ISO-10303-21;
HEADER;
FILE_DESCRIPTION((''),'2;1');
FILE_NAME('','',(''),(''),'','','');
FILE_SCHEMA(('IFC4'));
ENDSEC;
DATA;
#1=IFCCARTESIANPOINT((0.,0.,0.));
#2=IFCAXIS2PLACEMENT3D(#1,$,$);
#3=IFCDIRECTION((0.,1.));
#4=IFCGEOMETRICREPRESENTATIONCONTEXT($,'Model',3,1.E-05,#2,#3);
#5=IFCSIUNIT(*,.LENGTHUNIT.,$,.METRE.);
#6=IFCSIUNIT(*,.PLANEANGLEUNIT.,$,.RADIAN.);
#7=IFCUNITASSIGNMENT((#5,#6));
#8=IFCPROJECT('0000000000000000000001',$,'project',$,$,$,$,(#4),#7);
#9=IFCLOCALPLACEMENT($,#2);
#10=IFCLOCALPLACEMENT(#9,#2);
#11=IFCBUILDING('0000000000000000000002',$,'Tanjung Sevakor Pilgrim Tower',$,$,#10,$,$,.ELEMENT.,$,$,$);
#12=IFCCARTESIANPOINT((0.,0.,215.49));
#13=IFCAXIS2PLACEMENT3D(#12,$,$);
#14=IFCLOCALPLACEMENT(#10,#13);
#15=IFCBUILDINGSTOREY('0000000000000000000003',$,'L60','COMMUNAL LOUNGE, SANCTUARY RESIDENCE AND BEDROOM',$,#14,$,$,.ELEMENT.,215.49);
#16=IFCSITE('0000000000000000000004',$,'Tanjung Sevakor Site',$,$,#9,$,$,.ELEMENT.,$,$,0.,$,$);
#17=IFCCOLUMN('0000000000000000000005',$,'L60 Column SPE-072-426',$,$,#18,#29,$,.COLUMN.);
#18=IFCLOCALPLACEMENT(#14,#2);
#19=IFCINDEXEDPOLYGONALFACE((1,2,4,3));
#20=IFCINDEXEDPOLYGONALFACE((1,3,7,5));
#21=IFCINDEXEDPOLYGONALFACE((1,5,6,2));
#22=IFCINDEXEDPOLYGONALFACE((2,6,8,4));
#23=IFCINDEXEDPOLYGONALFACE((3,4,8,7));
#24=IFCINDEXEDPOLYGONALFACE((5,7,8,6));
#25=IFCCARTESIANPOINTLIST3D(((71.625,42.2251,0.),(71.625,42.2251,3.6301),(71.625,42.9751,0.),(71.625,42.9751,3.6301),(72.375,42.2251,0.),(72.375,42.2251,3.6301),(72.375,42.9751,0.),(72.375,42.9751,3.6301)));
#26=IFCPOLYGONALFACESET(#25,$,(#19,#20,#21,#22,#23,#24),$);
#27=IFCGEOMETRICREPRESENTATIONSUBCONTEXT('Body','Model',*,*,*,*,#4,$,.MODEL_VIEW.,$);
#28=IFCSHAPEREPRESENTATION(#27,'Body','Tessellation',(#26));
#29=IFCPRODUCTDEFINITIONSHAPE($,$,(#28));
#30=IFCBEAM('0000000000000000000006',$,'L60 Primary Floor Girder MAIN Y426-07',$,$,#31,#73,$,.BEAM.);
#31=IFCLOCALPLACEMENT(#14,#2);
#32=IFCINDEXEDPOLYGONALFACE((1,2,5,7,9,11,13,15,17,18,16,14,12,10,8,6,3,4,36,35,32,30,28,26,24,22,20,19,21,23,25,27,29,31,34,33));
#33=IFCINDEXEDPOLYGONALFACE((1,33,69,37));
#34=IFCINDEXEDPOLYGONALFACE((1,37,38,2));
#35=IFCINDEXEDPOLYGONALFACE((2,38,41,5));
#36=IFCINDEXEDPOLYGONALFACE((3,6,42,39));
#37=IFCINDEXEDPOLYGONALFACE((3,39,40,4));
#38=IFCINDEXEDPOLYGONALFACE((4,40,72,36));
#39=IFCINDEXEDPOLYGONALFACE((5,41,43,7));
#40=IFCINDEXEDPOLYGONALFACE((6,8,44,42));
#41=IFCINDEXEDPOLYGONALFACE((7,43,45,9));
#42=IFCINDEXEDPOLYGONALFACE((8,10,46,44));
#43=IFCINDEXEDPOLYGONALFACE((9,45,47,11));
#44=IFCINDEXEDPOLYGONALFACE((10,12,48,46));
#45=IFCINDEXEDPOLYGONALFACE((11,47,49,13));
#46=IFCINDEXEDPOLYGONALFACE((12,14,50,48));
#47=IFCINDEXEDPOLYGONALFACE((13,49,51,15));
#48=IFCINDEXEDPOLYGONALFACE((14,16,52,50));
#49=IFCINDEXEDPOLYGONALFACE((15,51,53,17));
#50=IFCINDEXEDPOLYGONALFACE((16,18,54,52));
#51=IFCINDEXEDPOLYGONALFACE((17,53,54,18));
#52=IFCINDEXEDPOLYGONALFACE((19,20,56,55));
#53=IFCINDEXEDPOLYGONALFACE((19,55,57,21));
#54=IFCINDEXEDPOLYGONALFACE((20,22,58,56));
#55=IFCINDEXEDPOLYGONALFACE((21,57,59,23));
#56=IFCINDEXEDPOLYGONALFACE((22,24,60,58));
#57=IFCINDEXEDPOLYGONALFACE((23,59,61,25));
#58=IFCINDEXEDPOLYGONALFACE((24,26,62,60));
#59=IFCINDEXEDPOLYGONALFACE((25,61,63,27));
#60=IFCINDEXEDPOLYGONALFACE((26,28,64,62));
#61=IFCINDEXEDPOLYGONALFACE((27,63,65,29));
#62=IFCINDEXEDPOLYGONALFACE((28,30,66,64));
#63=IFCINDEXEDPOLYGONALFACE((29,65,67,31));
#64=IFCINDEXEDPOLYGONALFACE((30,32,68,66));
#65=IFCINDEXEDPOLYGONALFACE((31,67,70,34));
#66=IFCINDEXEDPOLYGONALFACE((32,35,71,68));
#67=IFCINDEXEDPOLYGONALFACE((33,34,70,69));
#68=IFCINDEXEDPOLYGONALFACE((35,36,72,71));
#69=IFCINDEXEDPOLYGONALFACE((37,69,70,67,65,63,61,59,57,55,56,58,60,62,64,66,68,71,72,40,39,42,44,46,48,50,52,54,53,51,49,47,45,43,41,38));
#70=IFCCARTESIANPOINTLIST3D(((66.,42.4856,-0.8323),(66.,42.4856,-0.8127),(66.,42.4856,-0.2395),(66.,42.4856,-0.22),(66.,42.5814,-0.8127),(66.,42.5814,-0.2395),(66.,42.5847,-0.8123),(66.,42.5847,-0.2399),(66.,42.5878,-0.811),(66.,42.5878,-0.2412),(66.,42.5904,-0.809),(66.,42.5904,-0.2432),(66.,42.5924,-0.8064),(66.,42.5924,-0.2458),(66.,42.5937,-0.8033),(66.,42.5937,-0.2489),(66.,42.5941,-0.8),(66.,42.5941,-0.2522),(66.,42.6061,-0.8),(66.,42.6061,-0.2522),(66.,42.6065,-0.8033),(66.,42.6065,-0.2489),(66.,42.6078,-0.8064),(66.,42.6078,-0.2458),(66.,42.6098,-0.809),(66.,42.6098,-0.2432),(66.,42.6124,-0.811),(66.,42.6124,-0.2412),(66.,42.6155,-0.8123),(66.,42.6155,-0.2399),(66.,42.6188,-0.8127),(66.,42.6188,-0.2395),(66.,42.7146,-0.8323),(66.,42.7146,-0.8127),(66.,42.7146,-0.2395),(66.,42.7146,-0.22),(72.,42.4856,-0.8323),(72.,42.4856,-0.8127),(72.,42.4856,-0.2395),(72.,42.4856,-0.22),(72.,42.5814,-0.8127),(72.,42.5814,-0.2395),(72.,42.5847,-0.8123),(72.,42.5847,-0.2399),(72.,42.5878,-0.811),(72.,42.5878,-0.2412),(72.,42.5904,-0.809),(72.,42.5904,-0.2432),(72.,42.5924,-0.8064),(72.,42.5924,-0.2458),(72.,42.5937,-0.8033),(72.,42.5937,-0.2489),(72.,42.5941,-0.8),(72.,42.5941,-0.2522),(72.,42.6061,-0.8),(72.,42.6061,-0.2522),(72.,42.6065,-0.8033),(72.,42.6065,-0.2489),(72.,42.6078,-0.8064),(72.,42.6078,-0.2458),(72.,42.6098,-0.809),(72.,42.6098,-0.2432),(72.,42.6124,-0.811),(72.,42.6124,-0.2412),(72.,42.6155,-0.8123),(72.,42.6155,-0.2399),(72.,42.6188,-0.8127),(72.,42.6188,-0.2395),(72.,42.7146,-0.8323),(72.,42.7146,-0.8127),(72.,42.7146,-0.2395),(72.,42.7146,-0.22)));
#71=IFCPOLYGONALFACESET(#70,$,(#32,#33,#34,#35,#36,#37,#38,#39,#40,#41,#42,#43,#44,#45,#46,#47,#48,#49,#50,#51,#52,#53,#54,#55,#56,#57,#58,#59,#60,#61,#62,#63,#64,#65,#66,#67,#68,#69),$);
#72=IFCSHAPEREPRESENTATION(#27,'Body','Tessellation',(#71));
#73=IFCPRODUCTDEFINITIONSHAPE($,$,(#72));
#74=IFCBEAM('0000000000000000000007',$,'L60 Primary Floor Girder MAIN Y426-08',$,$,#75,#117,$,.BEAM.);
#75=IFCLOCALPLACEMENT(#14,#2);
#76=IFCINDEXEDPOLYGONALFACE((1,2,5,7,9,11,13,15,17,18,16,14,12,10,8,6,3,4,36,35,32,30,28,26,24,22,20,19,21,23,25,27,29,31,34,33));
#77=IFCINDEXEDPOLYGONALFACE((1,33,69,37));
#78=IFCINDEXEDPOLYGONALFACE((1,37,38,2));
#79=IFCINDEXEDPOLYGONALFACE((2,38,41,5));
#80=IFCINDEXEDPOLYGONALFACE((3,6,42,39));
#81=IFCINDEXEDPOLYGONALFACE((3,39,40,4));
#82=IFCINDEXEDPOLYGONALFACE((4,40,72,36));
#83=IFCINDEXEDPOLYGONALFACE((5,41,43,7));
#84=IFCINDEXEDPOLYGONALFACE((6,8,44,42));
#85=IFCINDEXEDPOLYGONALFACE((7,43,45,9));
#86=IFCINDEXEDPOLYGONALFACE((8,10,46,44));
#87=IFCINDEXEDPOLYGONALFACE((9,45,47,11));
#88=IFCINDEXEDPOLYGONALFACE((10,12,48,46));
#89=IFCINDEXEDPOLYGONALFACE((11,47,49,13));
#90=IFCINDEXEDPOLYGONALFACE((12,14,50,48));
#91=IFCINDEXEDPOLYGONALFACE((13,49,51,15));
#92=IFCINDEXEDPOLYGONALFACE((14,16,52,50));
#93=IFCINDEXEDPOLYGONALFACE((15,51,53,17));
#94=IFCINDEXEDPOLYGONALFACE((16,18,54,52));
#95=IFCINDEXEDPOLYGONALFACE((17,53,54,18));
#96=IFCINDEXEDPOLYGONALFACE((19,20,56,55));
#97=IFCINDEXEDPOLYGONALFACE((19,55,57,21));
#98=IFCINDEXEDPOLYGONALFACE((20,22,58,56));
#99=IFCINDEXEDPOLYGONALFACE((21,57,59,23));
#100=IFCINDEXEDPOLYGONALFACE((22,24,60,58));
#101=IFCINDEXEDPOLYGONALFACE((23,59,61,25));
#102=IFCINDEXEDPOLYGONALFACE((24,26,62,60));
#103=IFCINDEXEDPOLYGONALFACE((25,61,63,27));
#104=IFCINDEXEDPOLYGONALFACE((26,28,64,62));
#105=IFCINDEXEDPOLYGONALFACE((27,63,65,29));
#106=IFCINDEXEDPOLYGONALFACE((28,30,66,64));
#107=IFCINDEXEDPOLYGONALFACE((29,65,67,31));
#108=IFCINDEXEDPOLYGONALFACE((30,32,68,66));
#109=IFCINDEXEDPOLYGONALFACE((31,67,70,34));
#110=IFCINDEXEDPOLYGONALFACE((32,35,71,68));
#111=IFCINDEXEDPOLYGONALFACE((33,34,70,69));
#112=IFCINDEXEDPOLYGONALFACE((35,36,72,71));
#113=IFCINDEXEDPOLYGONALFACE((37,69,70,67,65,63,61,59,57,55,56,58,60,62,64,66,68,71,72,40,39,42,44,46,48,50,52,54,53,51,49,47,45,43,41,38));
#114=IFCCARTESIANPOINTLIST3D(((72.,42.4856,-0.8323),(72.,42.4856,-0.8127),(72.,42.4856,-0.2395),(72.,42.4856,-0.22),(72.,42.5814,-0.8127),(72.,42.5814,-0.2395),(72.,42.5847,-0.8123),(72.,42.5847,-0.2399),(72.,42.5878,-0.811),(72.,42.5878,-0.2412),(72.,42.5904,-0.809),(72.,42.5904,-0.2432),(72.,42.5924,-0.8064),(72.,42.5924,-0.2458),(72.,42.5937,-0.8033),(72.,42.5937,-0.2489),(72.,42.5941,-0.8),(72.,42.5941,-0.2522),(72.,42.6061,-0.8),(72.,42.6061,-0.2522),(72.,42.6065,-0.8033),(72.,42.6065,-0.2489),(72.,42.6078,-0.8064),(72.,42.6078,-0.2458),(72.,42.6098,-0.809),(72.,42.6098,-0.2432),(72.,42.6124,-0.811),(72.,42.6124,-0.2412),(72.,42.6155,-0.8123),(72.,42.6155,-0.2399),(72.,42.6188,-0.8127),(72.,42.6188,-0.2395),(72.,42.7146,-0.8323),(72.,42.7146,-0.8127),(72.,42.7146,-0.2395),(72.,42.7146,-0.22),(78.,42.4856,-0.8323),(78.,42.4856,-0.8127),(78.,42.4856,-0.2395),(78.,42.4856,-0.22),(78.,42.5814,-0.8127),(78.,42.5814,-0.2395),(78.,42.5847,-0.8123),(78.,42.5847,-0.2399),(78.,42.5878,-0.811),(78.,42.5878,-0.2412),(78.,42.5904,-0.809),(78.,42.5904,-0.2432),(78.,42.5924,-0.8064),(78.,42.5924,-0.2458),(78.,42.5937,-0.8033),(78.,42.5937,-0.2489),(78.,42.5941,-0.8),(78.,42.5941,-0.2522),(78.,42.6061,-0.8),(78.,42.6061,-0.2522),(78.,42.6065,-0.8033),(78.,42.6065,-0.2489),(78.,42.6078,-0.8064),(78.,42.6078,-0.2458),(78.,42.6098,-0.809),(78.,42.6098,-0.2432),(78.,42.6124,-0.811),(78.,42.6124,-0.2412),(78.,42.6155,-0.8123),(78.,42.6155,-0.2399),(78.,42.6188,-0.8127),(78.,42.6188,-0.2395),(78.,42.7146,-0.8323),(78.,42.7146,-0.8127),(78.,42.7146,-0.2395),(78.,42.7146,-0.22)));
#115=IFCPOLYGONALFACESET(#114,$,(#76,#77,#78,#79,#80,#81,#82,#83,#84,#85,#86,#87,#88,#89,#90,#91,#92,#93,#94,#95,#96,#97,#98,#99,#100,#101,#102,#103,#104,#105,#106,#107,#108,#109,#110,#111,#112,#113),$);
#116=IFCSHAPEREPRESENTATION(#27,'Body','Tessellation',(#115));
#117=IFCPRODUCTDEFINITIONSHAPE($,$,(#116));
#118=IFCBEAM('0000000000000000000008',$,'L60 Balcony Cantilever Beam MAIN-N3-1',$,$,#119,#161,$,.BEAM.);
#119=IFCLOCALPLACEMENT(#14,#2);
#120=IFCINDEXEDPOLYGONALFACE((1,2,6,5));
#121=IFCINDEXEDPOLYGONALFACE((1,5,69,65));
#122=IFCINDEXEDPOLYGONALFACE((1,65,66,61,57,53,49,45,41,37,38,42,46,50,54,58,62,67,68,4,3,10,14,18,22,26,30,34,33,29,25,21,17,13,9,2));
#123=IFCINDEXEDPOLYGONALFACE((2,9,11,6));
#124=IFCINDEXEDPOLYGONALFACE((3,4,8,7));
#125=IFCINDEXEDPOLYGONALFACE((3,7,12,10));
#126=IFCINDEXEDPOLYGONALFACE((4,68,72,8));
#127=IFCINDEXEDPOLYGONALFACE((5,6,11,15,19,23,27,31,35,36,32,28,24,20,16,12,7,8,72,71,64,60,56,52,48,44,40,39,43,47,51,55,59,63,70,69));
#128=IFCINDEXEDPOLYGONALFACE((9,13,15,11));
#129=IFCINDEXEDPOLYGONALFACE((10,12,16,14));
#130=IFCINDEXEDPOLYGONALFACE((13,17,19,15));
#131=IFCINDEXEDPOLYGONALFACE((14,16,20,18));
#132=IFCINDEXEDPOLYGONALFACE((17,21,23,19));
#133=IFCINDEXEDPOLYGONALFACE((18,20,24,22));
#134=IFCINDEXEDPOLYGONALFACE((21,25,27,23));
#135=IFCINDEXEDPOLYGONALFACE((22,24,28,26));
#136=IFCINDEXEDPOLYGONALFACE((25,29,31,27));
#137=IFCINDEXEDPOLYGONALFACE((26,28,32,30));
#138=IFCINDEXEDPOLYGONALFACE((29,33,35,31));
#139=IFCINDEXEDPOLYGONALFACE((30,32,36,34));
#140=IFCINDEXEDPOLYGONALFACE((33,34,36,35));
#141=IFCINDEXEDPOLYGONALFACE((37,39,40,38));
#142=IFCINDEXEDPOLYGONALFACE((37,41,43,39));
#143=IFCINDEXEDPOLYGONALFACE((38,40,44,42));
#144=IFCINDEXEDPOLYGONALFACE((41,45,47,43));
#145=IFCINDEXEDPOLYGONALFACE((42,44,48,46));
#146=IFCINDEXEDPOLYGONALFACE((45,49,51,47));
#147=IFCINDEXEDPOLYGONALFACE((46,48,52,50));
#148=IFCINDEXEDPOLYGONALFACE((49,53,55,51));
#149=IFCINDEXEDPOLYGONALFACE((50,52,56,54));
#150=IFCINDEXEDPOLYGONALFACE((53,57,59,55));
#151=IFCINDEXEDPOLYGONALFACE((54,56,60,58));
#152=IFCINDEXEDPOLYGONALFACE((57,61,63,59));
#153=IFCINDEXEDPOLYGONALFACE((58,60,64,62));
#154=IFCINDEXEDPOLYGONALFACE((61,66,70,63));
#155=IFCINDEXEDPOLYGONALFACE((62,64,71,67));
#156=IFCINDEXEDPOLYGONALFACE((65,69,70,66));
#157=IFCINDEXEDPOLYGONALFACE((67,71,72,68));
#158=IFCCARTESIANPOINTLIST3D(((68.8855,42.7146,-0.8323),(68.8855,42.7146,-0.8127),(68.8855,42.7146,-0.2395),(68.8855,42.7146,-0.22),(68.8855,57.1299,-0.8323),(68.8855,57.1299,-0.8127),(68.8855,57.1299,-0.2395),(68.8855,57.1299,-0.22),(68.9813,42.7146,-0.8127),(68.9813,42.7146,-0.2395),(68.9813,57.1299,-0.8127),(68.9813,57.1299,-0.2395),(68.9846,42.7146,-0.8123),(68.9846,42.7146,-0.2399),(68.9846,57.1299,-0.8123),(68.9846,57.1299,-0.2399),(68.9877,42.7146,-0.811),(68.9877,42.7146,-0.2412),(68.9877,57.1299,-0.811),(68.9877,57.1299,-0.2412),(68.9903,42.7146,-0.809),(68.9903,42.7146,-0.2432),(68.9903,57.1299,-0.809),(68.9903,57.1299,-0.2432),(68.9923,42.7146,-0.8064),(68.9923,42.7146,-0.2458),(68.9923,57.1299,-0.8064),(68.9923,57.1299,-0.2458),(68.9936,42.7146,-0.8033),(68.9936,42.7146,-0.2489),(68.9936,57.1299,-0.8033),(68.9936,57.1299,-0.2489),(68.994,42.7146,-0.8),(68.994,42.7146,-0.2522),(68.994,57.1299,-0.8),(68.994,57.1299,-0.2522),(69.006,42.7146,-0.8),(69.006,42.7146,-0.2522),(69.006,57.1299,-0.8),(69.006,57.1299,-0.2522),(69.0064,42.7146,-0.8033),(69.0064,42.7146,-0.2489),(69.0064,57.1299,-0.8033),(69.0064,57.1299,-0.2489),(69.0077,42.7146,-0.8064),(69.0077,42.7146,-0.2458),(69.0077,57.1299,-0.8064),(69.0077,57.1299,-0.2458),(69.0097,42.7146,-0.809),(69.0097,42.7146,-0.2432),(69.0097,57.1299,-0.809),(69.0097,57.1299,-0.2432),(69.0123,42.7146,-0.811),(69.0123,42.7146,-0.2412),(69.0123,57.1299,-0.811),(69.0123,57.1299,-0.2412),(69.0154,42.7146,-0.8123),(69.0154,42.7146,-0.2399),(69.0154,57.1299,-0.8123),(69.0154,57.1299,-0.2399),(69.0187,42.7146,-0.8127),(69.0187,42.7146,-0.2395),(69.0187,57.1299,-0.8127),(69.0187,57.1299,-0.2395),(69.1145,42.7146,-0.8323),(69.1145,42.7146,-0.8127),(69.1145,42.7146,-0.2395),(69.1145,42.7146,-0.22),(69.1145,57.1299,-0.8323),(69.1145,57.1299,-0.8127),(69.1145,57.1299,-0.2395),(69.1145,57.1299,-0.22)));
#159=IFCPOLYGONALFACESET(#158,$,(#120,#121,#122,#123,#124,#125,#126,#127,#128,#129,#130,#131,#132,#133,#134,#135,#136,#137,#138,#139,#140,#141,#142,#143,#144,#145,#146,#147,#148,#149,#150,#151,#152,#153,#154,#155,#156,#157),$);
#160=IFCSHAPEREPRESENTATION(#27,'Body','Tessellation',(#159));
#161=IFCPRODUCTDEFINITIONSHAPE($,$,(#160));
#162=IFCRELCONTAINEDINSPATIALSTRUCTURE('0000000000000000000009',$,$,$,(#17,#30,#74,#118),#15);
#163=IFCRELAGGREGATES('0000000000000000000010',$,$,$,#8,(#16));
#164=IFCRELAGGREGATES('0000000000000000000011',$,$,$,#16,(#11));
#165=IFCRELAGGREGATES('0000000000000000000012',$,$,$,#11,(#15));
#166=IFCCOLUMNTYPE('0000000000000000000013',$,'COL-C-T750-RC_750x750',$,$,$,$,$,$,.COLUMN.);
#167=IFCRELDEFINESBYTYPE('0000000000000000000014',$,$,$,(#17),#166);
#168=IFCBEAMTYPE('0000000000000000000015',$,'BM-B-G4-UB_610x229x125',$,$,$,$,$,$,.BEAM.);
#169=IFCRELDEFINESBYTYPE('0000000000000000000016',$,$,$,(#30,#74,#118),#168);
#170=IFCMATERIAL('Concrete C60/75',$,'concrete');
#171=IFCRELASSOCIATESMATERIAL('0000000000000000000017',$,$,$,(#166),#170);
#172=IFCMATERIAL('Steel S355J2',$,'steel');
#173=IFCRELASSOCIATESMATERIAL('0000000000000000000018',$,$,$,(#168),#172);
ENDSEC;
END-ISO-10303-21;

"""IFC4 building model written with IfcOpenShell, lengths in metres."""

from ifc_helpers import new_model, si_unit, direction, frame, origin, origin_2d, place, context, subcontext, project, spatial, rectangle, i_section, extrude, material, material_profile, profile_set, type_object, element, save


model = new_model("IFC4")

# Units and contexts
model_context = context("Model", 3, precision=1e-05, world=origin(), true_north=direction((0.0, 1.0)))
body_context = subcontext(model_context, "Body", "Model", "MODEL_VIEW")
ifc_project = project(units=[si_unit("LENGTHUNIT", "METRE"), si_unit("PLANEANGLEUNIT", "RADIAN")], contexts=[model_context])

# Site, building, storey
site_placement = place(None, origin())
site = spatial("IfcSite", under=ifc_project, at=site_placement, Name="Tanjung Sevakor Site", CompositionType="ELEMENT", RefElevation=0.0)
building_placement = place(site_placement, origin())
building = spatial("IfcBuilding", under=site, at=building_placement, Name="Tanjung Sevakor Pilgrim Tower", CompositionType="ELEMENT")
storey_placement = place(building_placement, frame((0.0, 0.0, 215.49)))
storey = spatial("IfcBuildingStorey", under=building, at=storey_placement, Name="L60", Description="COMMUNAL LOUNGE, SANCTUARY RESIDENCE AND BEDROOM", CompositionType="ELEMENT", Elevation=215.49)

# Column
ifc_material_1 = material(Name="Concrete C60/75", Category="concrete")
ifc_material_profile_1 = material_profile(ifc_material_1, rectangle(XDim=0.75, YDim=0.75, at=origin_2d()))
ifc_profile_set_1 = profile_set([ifc_material_profile_1], Name="Concrete C60/75")
column_type = type_object("IfcColumnType", Name="COL-C-T750-RC_750x750", PredefinedType="COLUMN", material=ifc_profile_set_1)
column_placement = place(storey_placement, frame((72.0, 42.6001, 0.0), z_axis=(0.0, 0.0, 1.0), x_axis=(1.0, 0.0, 0.0)))
element("IfcColumn", 1, at=column_placement, inside=storey, type_object=column_type, Name="L60 Column SPE-072-426", PredefinedType="COLUMN", context=body_context, shape_type="SweptSolid", body=[
    extrude(rectangle(XDim=0.75, YDim=0.75, at=origin_2d()), origin(), (0.0, 0.0, 1.0), 3.6301),
])

# Beams
ifc_material_2 = material(Name="Steel S355J2", Category="steel")
ifc_material_profile_2 = material_profile(ifc_material_2, i_section(OverallWidth=0.229, OverallDepth=0.6123, WebThickness=0.012, FlangeThickness=0.0195, FilletRadius=0.0127, at=origin_2d()))
ifc_profile_set_2 = profile_set([ifc_material_profile_2], Name="Steel S355J2")
beam_type_1 = type_object("IfcBeamType", Name="BM-B-G4-UB_610x229x125", PredefinedType="BEAM", material=ifc_profile_set_2)
for number, where, z_axis, x_axis, name in (
    (2, (66.0, 42.6001, -0.5261), (1.0, 0.0, 0.0), (0.0, 1.0, 0.0), "L60 Primary Floor Girder MAIN Y426-07"),
    (3, (72.0, 42.6001, -0.5261), (1.0, 0.0, 0.0), (0.0, 1.0, 0.0), "L60 Primary Floor Girder MAIN Y426-08"),
):
    element("IfcBeam", number, at=place(storey_placement, frame(where, z_axis=z_axis, x_axis=x_axis)), inside=storey, type_object=beam_type_1, Name=name, PredefinedType="BEAM", context=body_context, shape_type="SweptSolid", body=[
        extrude(i_section(OverallWidth=0.229, OverallDepth=0.6123, WebThickness=0.012, FlangeThickness=0.0195, FilletRadius=0.0127, at=origin_2d()), origin(), (0.0, 0.0, 1.0), 6.0),
    ])
beam_1_placement = place(storey_placement, frame((69.0, 42.7146, -0.5261), z_axis=(0.0, 1.0, 0.0), x_axis=(-1.0, 0.0, 0.0)))
element("IfcBeam", 4, at=beam_1_placement, inside=storey, type_object=beam_type_1, Name="L60 Balcony Cantilever Beam MAIN-N3-1", PredefinedType="BEAM", context=body_context, shape_type="SweptSolid", body=[
    extrude(i_section(OverallWidth=0.229, OverallDepth=0.6123, WebThickness=0.012, FlangeThickness=0.0195, FilletRadius=0.0127, at=origin_2d()), origin(), (0.0, 0.0, 1.0), 14.4153),
])

save(model, "model.ifc")
